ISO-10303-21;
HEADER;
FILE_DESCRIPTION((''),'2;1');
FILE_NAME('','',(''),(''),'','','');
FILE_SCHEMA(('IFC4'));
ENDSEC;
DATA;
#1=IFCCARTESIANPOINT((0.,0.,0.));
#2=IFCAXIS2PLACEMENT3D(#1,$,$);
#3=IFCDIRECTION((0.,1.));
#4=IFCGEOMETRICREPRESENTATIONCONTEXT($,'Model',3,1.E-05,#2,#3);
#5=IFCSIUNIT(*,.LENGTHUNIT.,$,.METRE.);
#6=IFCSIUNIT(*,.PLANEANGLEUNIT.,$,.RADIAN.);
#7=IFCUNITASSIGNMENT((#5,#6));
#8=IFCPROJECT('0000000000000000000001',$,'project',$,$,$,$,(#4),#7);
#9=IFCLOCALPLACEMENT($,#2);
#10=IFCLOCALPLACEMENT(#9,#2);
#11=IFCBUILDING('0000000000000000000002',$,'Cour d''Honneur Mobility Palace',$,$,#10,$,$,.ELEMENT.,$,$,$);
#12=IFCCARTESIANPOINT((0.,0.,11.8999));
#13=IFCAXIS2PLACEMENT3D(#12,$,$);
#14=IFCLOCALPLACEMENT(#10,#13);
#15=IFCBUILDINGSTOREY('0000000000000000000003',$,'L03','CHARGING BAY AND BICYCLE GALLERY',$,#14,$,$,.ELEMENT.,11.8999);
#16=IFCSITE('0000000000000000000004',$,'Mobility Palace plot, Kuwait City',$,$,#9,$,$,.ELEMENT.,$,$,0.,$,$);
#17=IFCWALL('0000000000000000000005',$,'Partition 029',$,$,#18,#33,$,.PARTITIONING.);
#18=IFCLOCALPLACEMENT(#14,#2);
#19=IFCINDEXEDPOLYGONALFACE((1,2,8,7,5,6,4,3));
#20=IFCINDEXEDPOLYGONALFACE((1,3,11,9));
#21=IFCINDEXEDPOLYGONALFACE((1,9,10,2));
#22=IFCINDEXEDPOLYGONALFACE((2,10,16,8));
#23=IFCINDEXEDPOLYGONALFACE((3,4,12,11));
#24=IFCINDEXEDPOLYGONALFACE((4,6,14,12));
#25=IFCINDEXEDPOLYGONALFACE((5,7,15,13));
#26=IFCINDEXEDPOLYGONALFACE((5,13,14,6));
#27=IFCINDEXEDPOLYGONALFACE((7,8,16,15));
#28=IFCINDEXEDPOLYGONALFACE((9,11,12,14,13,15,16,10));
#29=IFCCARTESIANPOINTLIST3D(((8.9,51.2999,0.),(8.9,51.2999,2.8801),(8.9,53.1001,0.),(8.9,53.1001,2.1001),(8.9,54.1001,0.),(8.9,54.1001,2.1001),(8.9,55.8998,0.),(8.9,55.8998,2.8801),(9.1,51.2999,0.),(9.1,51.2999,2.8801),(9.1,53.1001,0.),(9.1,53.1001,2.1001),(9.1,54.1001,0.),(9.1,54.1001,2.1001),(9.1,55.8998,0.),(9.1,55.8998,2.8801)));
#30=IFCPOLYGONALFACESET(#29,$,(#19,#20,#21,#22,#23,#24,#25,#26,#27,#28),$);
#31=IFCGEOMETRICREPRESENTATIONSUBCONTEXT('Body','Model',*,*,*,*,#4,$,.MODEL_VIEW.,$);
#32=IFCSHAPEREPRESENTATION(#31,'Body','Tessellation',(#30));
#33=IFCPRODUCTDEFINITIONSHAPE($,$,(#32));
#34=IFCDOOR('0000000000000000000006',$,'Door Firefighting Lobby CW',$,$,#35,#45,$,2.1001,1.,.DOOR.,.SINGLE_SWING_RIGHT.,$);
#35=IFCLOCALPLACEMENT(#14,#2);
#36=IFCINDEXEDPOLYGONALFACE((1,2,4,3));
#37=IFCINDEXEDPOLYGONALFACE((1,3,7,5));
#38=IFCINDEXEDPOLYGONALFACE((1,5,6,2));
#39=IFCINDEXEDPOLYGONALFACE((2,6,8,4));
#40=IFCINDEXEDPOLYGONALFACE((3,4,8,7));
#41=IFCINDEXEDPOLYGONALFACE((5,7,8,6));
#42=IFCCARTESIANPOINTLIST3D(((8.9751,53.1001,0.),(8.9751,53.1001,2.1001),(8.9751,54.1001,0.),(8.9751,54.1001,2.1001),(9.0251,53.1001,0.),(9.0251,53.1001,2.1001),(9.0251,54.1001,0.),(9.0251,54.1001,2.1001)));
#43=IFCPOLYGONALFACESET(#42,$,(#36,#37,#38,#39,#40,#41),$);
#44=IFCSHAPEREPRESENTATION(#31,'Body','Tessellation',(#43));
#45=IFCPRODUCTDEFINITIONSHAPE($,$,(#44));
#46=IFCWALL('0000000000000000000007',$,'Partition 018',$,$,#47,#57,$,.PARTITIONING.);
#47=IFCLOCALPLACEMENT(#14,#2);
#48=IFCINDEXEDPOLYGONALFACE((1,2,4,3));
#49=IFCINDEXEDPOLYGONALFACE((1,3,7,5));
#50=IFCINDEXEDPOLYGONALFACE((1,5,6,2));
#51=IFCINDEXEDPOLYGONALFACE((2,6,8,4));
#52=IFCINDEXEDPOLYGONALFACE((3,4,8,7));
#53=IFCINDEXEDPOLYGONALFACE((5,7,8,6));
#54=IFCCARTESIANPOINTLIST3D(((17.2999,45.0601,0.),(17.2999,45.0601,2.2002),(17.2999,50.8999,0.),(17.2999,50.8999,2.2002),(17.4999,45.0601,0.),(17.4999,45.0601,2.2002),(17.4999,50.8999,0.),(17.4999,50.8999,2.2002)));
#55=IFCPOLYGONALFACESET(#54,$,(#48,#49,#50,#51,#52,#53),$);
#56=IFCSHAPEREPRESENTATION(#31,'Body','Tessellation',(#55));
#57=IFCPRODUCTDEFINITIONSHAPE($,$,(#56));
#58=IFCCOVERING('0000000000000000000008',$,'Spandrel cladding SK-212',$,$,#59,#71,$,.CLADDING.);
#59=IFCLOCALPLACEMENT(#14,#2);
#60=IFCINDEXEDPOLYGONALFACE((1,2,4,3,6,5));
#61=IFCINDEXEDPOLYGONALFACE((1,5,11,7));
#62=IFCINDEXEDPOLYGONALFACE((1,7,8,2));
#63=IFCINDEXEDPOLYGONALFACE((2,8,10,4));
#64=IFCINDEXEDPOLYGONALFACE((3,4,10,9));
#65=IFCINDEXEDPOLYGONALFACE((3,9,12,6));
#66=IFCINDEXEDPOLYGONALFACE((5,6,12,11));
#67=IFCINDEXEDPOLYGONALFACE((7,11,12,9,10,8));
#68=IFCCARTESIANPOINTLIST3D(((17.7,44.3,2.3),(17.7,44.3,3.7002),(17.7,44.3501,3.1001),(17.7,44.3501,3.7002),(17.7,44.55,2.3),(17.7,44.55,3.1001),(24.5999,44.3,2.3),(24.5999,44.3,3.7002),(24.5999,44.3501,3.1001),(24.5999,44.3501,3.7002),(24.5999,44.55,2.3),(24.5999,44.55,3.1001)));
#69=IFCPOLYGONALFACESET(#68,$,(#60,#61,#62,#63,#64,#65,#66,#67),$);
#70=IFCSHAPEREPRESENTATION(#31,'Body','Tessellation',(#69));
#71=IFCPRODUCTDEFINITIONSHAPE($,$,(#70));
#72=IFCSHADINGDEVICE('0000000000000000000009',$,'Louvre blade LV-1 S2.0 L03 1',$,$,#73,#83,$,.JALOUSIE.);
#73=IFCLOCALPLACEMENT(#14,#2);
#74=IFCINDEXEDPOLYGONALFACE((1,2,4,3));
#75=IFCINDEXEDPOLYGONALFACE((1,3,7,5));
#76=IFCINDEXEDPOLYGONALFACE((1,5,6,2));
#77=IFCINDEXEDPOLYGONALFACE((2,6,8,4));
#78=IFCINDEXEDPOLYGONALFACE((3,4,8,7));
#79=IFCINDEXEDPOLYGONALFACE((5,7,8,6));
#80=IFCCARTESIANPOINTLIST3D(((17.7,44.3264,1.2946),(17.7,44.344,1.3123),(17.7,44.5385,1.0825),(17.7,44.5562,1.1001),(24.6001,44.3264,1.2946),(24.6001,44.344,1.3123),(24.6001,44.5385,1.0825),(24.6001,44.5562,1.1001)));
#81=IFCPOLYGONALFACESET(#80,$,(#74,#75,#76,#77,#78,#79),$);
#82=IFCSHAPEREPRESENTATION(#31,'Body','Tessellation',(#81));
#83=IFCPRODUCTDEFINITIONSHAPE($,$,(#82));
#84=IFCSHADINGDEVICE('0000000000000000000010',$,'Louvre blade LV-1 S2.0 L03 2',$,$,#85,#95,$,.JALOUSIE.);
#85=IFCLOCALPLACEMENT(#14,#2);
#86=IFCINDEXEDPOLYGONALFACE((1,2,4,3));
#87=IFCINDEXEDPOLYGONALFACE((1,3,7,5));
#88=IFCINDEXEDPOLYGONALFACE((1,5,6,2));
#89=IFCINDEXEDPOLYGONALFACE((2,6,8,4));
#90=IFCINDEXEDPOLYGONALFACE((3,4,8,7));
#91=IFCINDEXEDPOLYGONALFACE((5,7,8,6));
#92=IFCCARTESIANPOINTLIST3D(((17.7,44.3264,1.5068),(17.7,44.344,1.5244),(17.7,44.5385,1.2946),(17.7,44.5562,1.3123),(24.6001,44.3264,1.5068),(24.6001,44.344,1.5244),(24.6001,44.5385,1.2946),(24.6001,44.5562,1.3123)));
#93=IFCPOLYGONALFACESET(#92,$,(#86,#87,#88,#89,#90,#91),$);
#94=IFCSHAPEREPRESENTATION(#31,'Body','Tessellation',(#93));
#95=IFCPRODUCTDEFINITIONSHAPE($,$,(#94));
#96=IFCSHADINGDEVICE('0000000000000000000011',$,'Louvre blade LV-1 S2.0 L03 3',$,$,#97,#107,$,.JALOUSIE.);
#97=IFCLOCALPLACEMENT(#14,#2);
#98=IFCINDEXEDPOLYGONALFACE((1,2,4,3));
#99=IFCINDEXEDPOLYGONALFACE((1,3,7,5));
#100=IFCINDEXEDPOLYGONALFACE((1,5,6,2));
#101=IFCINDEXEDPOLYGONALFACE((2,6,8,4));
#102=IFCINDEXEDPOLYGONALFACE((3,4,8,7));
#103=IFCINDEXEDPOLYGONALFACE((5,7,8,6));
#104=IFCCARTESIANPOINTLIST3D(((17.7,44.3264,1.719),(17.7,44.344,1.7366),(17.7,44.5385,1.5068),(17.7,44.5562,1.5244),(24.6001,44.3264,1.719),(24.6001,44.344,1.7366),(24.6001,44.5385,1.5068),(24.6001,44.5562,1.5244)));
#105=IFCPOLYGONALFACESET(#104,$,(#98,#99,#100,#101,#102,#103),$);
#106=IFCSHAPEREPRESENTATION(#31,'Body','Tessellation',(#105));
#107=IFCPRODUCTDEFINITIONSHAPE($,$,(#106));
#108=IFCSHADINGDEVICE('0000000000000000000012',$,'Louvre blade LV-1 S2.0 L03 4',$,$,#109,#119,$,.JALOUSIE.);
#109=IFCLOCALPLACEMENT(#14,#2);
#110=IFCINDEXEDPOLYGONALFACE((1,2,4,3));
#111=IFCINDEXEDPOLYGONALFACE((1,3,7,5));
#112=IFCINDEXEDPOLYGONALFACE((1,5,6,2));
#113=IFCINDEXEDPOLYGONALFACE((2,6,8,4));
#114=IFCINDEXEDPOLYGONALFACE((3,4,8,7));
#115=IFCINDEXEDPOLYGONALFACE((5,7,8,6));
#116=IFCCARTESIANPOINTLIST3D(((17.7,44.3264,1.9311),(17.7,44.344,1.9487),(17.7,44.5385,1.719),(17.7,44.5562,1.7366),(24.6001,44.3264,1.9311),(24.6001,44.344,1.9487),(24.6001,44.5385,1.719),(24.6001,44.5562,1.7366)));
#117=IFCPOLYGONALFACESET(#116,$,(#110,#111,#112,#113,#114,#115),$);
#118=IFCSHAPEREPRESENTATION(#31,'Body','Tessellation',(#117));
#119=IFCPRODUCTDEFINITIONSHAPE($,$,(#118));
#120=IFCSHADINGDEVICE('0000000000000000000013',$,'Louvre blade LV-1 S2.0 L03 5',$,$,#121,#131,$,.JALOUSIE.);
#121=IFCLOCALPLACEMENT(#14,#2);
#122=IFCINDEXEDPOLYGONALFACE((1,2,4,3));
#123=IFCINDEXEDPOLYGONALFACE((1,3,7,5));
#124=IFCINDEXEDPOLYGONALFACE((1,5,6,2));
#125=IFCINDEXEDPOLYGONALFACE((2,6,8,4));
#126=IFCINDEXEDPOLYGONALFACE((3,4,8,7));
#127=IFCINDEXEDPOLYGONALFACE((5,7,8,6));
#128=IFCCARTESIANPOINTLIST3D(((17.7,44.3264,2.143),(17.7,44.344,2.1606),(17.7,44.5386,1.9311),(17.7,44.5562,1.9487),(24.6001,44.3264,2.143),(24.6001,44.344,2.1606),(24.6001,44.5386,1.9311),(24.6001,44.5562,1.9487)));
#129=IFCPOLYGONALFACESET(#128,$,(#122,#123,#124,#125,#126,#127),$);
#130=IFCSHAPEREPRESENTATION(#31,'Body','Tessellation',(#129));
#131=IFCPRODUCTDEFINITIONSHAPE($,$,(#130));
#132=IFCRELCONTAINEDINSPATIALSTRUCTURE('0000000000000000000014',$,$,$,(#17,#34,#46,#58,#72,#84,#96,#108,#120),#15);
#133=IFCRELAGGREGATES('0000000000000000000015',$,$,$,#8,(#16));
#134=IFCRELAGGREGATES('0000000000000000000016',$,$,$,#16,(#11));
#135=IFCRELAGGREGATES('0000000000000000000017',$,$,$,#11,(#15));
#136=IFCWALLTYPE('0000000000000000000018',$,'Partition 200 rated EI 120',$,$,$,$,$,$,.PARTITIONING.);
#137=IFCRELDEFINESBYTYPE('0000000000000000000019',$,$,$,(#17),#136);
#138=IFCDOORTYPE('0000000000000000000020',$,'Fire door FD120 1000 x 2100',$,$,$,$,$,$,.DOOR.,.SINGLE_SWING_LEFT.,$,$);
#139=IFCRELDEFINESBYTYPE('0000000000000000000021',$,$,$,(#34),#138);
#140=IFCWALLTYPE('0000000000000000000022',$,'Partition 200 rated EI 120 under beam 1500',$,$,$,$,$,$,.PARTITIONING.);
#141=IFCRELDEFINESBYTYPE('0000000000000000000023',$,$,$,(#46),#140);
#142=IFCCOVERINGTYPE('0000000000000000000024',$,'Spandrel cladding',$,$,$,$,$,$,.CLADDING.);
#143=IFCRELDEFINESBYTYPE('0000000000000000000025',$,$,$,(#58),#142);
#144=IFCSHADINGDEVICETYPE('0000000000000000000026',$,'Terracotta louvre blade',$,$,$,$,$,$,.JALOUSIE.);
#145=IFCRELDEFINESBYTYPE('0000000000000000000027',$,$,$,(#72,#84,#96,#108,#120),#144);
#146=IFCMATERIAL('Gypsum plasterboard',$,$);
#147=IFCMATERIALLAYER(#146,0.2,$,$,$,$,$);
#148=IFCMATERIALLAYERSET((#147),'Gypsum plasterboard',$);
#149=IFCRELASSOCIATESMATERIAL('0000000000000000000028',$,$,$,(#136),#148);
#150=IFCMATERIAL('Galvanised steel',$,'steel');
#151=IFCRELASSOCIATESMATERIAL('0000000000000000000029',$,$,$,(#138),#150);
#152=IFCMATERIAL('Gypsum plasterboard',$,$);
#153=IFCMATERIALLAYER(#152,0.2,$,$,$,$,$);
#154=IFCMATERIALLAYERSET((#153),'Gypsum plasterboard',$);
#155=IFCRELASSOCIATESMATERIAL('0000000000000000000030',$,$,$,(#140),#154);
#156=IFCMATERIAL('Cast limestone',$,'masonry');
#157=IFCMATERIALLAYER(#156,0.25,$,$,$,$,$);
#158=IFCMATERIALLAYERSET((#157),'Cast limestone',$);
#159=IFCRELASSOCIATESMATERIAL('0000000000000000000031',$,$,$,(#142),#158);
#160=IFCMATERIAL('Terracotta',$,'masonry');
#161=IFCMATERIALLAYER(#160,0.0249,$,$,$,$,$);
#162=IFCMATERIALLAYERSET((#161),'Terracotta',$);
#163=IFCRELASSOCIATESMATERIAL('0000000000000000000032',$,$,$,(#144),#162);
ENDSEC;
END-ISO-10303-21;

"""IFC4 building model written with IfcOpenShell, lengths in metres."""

from ifc_helpers import new_model, si_unit, direction, frame, frame_2d, origin, place, context, subcontext, project, spatial, polyline, rectangle, outline, extrude, material, layer, layer_set, type_object, element, fill, save


model = new_model("IFC4")

# Units and contexts
model_context = context("Model", 3, precision=1e-05, world=origin(), true_north=direction((0.0, 1.0)))
body_context = subcontext(model_context, "Body", "Model", "MODEL_VIEW")
ifc_project = project(units=[si_unit("LENGTHUNIT", "METRE"), si_unit("PLANEANGLEUNIT", "RADIAN")], contexts=[model_context])

# Site, building, storey
site_placement = place(None, origin())
site = spatial("IfcSite", under=ifc_project, at=site_placement, Name="Mobility Palace plot, Kuwait City", CompositionType="ELEMENT", RefElevation=0.0)
building_placement = place(site_placement, origin())
building = spatial("IfcBuilding", under=site, at=building_placement, Name="Cour d'Honneur Mobility Palace", CompositionType="ELEMENT")
storey_placement = place(building_placement, frame((0.0, 0.0, 11.8999)))
storey = spatial("IfcBuildingStorey", under=building, at=storey_placement, Name="L03", Description="CHARGING BAY AND BICYCLE GALLERY", CompositionType="ELEMENT", Elevation=11.8999)

# Shared definitions
ifc_material_1 = material(Name="Gypsum plasterboard")
ifc_layer_1 = layer(ifc_material_1, 0.2)
ifc_layer_set_1 = layer_set([ifc_layer_1], Name="Gypsum plasterboard")
wall_type_1 = type_object("IfcWallType", Name="Partition 200 rated EI 120", PredefinedType="PARTITIONING", material=ifc_layer_set_1)
ifc_material_2 = material(Name="Galvanised steel", Category="steel")
door_type = type_object("IfcDoorType", Name="Fire door FD120 1000 x 2100", OperationType="SINGLE_SWING_LEFT", PredefinedType="DOOR", material=ifc_material_2)

# Wall, opening, door
wall_1_placement = place(storey_placement, frame((9.0, 51.3, 0.0), z_axis=(0.0, 0.0, 1.0), x_axis=(0.0, 1.0, 0.0)))
wall_1 = element("IfcWall", 1, at=wall_1_placement, inside=storey, type_object=wall_type_1, Name="Partition 029", PredefinedType="PARTITIONING", context=body_context, shape_type="SweptSolid", body=[
    extrude(rectangle(XDim=4.5999, YDim=0.2, at=frame_2d((2.2998, 0.0))), origin(), (0.0, 0.0, 1.0), 2.8801),
])
opening_1_placement = place(wall_1_placement, frame((1.8, 0.0, 0.0)))
opening_1 = element("IfcOpeningElement", 2, at=opening_1_placement, cuts=wall_1, PredefinedType="OPENING", context=body_context, shape_type="SweptSolid", body=[
    extrude(rectangle(XDim=1.0, YDim=2.1001, at=frame_2d((0.5, 1.05))), frame((0.0, 0.1099, 0.0), z_axis=(0.0, -1.0, 0.0), x_axis=(1.0, 0.0, 0.0)), (0.0, 0.0, 1.0), 0.22),
])
door_1_placement = place(opening_1_placement, origin())
door_1 = element("IfcDoor", 3, at=door_1_placement, inside=storey, type_object=door_type, Name="Door Firefighting Lobby CW", OperationType="SINGLE_SWING_RIGHT", OverallHeight=2.1001, OverallWidth=1.0, PredefinedType="DOOR", context=body_context, shape_type="SweptSolid", body=[
    extrude(rectangle(XDim=1.0, YDim=2.1001, at=frame_2d((0.5, 1.05))), frame((0.0, 0.0249, 0.0), z_axis=(0.0, -1.0, 0.0), x_axis=(1.0, 0.0, 0.0)), (0.0, 0.0, 1.0), 0.05),
])
fill(opening_1, door_1)

# Wall
ifc_material_3 = material(Name="Gypsum plasterboard")
ifc_layer_2 = layer(ifc_material_3, 0.2)
ifc_layer_set_2 = layer_set([ifc_layer_2], Name="Gypsum plasterboard")
wall_type_2 = type_object("IfcWallType", Name="Partition 200 rated EI 120 under beam 1500", PredefinedType="PARTITIONING", material=ifc_layer_set_2)
wall_2_placement = place(storey_placement, frame((17.3999, 45.0601, 0.0), z_axis=(0.0, 0.0, 1.0), x_axis=(0.0, 1.0, 0.0)))
element("IfcWall", 4, at=wall_2_placement, inside=storey, type_object=wall_type_2, Name="Partition 018", PredefinedType="PARTITIONING", context=body_context, shape_type="SweptSolid", body=[
    extrude(rectangle(XDim=5.8398, YDim=0.2, at=frame_2d((2.9199, 0.0))), origin(), (0.0, 0.0, 1.0), 2.2002),
])

# Covering
ifc_material_4 = material(Name="Cast limestone", Category="masonry")
ifc_layer_3 = layer(ifc_material_4, 0.25)
ifc_layer_set_3 = layer_set([ifc_layer_3], Name="Cast limestone")
covering_type = type_object("IfcCoveringType", Name="Spandrel cladding", PredefinedType="CLADDING", material=ifc_layer_set_3)
covering_placement = place(storey_placement, frame((17.7, 44.55, 2.3), z_axis=(-1.0, 0.0, 0.0), x_axis=(0.0, -1.0, 0.0)))
element("IfcCovering", 5, at=covering_placement, inside=storey, type_object=covering_type, Name="Spandrel cladding SK-212", PredefinedType="CLADDING", context=body_context, shape_type="SweptSolid", body=[
    extrude(outline(polyline([(0.0, 0.0), (0.25, 0.0), (0.25, 1.4001), (0.2, 1.4001), (0.2, 0.8), (0.0, 0.8), (0.0, 0.0)])), origin(), (0.0, 0.0, -1.0), 6.8999),
])

# Shading devices
ifc_material_5 = material(Name="Terracotta", Category="masonry")
ifc_layer_4 = layer(ifc_material_5, 0.0249)
ifc_layer_set_4 = layer_set([ifc_layer_4], Name="Terracotta")
shading_device_type = type_object("IfcShadingDeviceType", Name="Terracotta louvre blade", PredefinedType="JALOUSIE", material=ifc_layer_set_4)
for number, where, z_axis, x_axis, name in (
    (6, (17.7, 44.5562, 1.1001), (0.0, 0.707107, 0.707107), (1.0, 0.0, 0.0), "Louvre blade LV-1 S2.0 L03 1"),
    (7, (17.7, 44.5562, 1.3123), (0.0, 0.707107, 0.707107), (1.0, 0.0, 0.0), "Louvre blade LV-1 S2.0 L03 2"),
    (8, (17.7, 44.5562, 1.5244), (0.0, 0.707107, 0.707107), (1.0, 0.0, 0.0), "Louvre blade LV-1 S2.0 L03 3"),
    (9, (17.7, 44.5562, 1.7366), (0.0, 0.707107, 0.707107), (1.0, 0.0, 0.0), "Louvre blade LV-1 S2.0 L03 4"),
):
    element("IfcShadingDevice", number, at=place(storey_placement, frame(where, z_axis=z_axis, x_axis=x_axis)), inside=storey, type_object=shading_device_type, Name=name, PredefinedType="JALOUSIE", context=body_context, shape_type="SweptSolid", body=[
        extrude(outline(polyline([(0.0, 0.0), (6.9001, 0.0), (6.9001, -0.3), (0.0, -0.3), (0.0, 0.0)])), origin(), (0.0, 0.0, -1.0), 0.0249),
    ])
shading_device_placement = place(storey_placement, frame((17.7, 44.5562, 1.9487), z_axis=(0.0, 0.7067, 0.707514), x_axis=(1.0, 0.0, 0.0)))
element("IfcShadingDevice", 10, at=shading_device_placement, inside=storey, type_object=shading_device_type, Name="Louvre blade LV-1 S2.0 L03 5", PredefinedType="JALOUSIE", context=body_context, shape_type="SweptSolid", body=[
    extrude(outline(polyline([(0.0, 0.0), (6.9001, 0.0), (6.9001, -0.2999), (0.0, -0.2999), (0.0, 0.0)])), origin(), (0.0, 0.0, -1.0), 0.0249),
])

save(model, "model.ifc")
